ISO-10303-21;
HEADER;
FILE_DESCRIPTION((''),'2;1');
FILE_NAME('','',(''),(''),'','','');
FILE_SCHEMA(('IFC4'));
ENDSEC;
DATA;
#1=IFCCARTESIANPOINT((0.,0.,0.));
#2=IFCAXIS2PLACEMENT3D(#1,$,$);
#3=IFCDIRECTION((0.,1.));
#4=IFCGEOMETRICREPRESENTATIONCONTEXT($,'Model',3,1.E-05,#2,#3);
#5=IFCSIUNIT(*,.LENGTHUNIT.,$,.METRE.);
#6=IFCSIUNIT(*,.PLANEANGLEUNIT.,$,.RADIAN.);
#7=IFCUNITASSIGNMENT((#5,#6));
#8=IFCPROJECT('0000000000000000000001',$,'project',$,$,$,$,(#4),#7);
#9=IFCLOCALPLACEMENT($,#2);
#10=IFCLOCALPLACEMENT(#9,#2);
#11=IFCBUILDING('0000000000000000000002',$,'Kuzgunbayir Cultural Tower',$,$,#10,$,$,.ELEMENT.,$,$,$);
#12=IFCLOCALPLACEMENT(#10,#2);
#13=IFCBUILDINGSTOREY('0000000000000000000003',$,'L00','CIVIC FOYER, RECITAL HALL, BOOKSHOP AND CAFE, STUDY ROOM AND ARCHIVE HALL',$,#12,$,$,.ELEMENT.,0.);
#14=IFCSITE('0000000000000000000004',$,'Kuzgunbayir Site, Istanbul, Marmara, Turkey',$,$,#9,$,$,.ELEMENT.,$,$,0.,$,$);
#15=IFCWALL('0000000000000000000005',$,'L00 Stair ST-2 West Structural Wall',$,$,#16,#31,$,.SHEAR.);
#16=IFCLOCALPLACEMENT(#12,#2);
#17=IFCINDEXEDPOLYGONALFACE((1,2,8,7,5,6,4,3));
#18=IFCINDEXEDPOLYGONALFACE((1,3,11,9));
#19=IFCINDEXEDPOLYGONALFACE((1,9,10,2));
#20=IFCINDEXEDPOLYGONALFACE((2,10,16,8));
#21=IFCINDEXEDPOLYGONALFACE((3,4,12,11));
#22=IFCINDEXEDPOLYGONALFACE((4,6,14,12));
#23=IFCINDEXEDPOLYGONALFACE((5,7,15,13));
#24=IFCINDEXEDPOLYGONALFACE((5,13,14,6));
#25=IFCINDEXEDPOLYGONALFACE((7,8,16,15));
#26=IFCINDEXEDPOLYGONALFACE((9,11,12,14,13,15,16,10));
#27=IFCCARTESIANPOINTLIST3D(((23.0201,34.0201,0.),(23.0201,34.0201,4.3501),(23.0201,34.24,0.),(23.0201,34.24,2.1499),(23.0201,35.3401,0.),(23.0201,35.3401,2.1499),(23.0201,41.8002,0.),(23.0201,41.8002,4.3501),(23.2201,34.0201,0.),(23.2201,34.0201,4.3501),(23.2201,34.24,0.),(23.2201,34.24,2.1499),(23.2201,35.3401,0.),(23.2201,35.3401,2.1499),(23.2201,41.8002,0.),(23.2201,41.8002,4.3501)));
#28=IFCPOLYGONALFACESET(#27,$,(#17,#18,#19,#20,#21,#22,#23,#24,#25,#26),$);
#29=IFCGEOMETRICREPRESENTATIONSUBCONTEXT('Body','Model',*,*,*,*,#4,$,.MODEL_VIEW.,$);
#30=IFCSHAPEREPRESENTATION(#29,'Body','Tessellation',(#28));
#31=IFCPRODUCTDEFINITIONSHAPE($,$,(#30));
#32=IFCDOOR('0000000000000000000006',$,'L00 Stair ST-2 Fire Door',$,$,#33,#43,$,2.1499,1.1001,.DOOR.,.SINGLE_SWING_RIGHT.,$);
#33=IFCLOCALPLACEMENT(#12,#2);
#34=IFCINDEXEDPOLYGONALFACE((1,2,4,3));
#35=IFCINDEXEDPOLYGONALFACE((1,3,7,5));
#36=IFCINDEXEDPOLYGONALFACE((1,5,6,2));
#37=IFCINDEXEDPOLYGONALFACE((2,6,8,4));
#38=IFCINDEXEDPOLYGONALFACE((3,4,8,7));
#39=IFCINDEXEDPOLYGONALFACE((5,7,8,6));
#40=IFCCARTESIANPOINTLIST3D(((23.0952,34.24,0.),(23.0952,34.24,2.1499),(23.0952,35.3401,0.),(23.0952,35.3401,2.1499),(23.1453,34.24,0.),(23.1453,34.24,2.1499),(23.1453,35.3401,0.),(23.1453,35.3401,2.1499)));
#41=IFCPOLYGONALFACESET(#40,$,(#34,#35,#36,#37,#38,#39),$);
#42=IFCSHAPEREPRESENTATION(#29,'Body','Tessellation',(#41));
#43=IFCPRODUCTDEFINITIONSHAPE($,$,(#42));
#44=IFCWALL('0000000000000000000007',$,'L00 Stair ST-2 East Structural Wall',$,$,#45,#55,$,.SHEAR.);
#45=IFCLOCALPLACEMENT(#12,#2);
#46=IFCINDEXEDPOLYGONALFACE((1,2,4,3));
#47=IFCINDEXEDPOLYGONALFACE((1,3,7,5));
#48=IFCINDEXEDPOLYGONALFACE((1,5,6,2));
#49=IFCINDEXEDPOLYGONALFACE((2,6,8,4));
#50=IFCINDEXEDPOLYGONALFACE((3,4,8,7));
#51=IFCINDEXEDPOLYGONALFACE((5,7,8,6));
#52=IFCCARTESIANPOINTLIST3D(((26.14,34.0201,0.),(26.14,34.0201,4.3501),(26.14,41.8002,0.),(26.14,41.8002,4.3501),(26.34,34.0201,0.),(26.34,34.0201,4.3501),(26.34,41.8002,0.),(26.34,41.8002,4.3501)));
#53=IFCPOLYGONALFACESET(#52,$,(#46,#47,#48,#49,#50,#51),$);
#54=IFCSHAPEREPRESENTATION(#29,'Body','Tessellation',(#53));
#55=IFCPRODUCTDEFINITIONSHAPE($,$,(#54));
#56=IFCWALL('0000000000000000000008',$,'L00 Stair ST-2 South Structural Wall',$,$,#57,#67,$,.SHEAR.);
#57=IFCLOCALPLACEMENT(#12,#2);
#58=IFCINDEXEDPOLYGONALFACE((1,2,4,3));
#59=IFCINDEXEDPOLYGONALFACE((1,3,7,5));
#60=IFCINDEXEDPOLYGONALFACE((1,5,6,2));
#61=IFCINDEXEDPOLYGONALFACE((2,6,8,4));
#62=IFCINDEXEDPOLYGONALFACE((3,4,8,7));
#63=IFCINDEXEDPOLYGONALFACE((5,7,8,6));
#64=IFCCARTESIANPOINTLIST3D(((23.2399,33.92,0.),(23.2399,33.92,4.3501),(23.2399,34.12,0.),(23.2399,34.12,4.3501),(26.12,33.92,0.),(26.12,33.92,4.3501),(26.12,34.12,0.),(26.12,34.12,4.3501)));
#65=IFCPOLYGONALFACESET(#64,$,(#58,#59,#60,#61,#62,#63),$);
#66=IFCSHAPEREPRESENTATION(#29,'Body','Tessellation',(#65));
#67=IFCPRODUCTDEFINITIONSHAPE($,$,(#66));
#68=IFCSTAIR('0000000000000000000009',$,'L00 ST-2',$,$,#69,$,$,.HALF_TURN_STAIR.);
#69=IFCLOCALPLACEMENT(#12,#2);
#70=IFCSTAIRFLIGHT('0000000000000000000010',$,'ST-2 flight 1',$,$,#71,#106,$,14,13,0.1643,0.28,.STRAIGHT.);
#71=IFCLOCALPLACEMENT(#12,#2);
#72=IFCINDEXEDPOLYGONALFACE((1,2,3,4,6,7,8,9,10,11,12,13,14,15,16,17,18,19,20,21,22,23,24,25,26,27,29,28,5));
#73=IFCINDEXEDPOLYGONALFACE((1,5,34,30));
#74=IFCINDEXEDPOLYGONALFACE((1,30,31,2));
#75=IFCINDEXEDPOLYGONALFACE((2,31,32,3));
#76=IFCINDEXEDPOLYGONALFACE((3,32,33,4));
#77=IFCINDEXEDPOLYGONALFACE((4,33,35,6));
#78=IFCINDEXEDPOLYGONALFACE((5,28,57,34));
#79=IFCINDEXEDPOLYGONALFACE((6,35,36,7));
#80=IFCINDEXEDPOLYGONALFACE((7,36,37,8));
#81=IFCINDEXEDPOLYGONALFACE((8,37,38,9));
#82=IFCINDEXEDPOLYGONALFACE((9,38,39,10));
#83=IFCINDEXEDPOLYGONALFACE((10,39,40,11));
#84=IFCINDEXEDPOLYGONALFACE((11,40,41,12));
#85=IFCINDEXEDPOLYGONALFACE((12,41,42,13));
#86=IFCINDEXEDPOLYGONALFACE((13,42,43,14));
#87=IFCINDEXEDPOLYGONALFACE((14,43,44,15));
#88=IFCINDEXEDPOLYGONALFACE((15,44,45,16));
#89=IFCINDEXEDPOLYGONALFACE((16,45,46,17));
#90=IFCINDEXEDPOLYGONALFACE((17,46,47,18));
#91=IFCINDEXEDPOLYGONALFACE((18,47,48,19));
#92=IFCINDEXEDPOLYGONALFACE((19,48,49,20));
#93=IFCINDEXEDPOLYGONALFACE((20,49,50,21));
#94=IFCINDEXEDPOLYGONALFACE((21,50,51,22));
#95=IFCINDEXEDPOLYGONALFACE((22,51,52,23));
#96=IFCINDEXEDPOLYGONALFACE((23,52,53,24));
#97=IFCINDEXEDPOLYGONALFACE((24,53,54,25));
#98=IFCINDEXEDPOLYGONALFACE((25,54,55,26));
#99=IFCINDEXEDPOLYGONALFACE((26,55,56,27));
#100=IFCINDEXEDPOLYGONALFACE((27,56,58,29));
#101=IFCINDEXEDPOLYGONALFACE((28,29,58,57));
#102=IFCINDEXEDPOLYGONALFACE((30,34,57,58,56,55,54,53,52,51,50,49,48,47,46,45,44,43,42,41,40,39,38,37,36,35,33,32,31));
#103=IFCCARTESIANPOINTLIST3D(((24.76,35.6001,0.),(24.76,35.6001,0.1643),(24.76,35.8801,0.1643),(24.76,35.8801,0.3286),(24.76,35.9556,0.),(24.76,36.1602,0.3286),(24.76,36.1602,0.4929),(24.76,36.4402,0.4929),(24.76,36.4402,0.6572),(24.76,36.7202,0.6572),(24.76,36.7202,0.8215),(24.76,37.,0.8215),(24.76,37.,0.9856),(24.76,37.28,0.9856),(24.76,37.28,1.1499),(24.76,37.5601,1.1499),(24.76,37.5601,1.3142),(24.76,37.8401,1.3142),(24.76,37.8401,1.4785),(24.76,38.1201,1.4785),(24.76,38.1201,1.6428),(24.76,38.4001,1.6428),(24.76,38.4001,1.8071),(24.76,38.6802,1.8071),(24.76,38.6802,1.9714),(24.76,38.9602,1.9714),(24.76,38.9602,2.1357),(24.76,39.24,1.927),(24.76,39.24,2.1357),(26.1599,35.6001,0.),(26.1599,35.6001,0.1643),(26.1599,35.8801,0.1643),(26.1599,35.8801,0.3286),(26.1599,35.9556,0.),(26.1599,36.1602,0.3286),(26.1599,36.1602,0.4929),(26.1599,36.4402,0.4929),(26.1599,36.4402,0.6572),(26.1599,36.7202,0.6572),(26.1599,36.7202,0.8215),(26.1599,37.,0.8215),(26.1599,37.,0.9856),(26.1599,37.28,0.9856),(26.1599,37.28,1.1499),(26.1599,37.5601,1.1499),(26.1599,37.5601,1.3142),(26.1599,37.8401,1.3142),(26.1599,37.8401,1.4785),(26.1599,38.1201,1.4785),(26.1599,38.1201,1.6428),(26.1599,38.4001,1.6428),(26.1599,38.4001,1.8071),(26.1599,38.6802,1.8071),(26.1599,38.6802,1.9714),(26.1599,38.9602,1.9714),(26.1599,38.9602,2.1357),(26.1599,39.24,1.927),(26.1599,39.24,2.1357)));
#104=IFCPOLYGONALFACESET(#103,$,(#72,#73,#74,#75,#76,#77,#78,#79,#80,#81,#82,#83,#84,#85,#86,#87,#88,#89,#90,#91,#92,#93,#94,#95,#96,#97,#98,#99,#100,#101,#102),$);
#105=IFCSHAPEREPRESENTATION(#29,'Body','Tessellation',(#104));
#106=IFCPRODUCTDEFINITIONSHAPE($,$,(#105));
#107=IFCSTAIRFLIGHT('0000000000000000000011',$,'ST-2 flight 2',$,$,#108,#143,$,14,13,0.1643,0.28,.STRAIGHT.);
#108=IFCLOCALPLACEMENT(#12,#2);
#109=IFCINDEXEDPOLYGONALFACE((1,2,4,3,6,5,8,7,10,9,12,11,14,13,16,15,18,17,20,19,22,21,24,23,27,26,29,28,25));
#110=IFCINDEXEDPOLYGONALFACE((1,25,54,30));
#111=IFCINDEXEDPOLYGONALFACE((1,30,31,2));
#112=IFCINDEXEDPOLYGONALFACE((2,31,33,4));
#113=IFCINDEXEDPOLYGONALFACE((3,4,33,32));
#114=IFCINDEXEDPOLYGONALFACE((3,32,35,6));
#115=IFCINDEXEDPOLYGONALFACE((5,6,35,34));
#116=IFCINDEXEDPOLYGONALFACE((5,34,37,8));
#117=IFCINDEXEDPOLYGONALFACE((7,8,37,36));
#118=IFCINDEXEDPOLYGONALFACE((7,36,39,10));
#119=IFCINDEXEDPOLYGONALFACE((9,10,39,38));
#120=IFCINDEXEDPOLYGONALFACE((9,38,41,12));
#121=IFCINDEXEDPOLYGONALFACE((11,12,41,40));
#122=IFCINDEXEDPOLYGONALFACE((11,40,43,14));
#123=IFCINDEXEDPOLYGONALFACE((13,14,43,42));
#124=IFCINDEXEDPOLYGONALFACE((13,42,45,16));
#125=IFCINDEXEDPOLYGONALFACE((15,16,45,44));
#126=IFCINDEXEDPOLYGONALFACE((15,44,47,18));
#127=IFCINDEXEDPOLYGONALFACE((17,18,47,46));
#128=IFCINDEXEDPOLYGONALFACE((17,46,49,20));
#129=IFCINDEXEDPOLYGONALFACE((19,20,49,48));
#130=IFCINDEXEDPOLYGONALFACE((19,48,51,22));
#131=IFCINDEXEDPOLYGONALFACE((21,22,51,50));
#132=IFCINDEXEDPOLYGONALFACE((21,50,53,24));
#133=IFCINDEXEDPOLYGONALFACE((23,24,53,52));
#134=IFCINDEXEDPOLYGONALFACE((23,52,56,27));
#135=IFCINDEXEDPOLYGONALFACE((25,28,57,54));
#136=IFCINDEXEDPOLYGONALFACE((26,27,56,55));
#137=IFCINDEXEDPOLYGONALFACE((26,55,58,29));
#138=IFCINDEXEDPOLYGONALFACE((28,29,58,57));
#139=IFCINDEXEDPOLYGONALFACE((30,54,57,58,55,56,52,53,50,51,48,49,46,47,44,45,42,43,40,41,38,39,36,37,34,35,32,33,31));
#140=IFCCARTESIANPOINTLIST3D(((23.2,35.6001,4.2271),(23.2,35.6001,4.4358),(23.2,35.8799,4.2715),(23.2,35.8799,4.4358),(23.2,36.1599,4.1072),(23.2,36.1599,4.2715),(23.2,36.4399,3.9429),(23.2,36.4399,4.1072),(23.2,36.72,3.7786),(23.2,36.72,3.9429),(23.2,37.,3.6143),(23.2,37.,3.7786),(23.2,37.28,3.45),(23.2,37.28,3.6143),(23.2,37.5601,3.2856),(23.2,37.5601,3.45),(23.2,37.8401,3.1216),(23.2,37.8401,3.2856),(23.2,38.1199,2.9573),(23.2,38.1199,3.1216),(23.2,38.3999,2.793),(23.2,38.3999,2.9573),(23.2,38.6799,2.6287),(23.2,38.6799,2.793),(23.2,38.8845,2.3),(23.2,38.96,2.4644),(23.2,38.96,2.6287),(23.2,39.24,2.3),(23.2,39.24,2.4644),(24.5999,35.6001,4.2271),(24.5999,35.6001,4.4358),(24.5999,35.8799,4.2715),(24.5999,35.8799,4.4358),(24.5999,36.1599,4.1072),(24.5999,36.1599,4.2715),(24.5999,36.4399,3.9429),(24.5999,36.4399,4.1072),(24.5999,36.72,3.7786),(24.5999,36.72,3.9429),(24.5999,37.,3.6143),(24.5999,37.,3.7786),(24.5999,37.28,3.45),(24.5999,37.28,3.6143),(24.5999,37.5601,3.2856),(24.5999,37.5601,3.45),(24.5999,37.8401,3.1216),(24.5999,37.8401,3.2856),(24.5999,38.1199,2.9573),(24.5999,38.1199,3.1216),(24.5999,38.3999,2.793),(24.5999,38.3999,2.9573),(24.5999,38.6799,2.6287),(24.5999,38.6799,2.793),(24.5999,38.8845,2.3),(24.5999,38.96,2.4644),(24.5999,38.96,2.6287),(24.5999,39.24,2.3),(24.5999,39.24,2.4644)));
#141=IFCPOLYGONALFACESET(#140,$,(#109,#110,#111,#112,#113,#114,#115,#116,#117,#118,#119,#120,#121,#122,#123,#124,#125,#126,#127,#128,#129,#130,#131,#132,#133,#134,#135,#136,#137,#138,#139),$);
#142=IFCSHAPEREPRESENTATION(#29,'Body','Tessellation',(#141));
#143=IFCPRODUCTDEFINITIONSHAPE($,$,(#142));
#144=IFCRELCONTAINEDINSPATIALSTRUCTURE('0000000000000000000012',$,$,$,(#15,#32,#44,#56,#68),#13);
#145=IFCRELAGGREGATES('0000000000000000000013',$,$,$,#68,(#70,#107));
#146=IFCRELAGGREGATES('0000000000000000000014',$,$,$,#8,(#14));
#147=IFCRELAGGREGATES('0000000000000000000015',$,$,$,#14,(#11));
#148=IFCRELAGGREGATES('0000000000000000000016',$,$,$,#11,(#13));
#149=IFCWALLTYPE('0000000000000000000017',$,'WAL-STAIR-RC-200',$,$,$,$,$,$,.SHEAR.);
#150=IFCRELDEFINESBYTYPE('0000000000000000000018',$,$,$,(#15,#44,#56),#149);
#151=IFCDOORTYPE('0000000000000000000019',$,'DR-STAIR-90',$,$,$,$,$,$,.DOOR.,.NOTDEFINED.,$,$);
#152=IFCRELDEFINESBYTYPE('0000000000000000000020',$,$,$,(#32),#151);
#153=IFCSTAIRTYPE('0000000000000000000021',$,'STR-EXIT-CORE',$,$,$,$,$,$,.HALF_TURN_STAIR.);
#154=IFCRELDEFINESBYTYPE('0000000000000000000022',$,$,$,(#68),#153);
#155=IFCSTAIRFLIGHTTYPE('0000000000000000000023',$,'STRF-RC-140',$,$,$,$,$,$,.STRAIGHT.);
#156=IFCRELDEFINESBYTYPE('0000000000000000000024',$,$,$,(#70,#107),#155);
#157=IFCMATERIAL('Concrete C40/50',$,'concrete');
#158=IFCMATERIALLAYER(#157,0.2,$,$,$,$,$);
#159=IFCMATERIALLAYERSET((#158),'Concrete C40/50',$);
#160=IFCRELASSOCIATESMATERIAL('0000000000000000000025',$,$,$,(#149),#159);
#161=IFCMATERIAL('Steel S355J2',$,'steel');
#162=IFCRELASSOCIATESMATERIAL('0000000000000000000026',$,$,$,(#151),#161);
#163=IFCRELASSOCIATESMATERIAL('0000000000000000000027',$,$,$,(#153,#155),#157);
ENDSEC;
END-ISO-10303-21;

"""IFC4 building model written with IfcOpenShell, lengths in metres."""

from ifc_helpers import new_model, si_unit, direction, frame, frame_2d, origin, place, context, subcontext, project, spatial, polyline, rectangle, outline, extrude, material, layer, layer_set, type_object, element, fill, aggregate, save


model = new_model("IFC4")

# Units and contexts
model_context = context("Model", 3, precision=1e-05, world=origin(), true_north=direction((0.0, 1.0)))
body_context = subcontext(model_context, "Body", "Model", "MODEL_VIEW")
ifc_project = project(units=[si_unit("LENGTHUNIT", "METRE"), si_unit("PLANEANGLEUNIT", "RADIAN")], contexts=[model_context])

# Site, building, storey
site_placement = place(None, origin())
site = spatial("IfcSite", under=ifc_project, at=site_placement, Name="Kuzgunbayir Site, Istanbul, Marmara, Turkey", CompositionType="ELEMENT", RefElevation=0.0)
building_placement = place(site_placement, origin())
building = spatial("IfcBuilding", under=site, at=building_placement, Name="Kuzgunbayir Cultural Tower", CompositionType="ELEMENT")
storey_placement = place(building_placement, origin())
storey = spatial("IfcBuildingStorey", under=building, at=storey_placement, Name="L00", Description="CIVIC FOYER, RECITAL HALL, BOOKSHOP AND CAFE, STUDY ROOM AND ARCHIVE HALL", CompositionType="ELEMENT", Elevation=0.0)

# Shared definitions
ifc_material_1 = material(Name="Steel S355J2", Category="steel")

# Shared definitions
ifc_material_2 = material(Name="Concrete C40/50", Category="concrete")

# Wall, opening, door
ifc_layer_1 = layer(ifc_material_2, 0.2)
ifc_layer_set_1 = layer_set([ifc_layer_1], Name="Concrete C40/50")
wall_type_1 = type_object("IfcWallType", Name="WAL-STAIR-RC-200", PredefinedType="SHEAR", material=ifc_layer_set_1)
wall_1_placement = place(storey_placement, frame((23.1201, 34.02, 0.0), z_axis=(0.0, 0.0, 1.0), x_axis=(0.0, 1.0, 0.0)))
wall_1 = element("IfcWall", 1, at=wall_1_placement, inside=storey, type_object=wall_type_1, Name="L00 Stair ST-2 West Structural Wall", PredefinedType="SHEAR", context=body_context, shape_type="SweptSolid", body=[
    extrude(rectangle(XDim=7.78, YDim=0.2, at=frame_2d((3.8901, 0.0))), origin(), (0.0, 0.0, 1.0), 4.3501),
])
opening_placement = place(wall_1_placement, frame((0.22, 0.0, 0.0)))
opening = element("IfcOpeningElement", 2, at=opening_placement, cuts=wall_1, PredefinedType="OPENING", context=body_context, shape_type="SweptSolid", body=[
    extrude(rectangle(XDim=1.1001, YDim=2.1499, at=frame_2d((0.55, 1.075))), frame((0.0, 0.1099, 0.0), z_axis=(0.0, -1.0, 0.0), x_axis=(1.0, 0.0, 0.0)), (0.0, 0.0, 1.0), 0.22),
])
door_type = type_object("IfcDoorType", Name="DR-STAIR-90", OperationType="NOTDEFINED", PredefinedType="DOOR", material=ifc_material_1)
door_placement = place(opening_placement, origin())
door = element("IfcDoor", 3, at=door_placement, inside=storey, type_object=door_type, Name="L00 Stair ST-2 Fire Door", OperationType="SINGLE_SWING_RIGHT", OverallHeight=2.1499, OverallWidth=1.1001, PredefinedType="DOOR", context=body_context, shape_type="SweptSolid", body=[
    extrude(rectangle(XDim=1.1001, YDim=2.1499, at=frame_2d((0.55, 1.075))), frame((0.0, 0.0249, 0.0), z_axis=(0.0, -1.0, 0.0), x_axis=(1.0, 0.0, 0.0)), (0.0, 0.0, 1.0), 0.05),
])
fill(opening, door)

# Walls
wall_2_placement = place(storey_placement, frame((26.24, 34.02, 0.0), z_axis=(0.0, 0.0, 1.0), x_axis=(0.0, 1.0, 0.0)))
element("IfcWall", 4, at=wall_2_placement, inside=storey, type_object=wall_type_1, Name="L00 Stair ST-2 East Structural Wall", PredefinedType="SHEAR", context=body_context, shape_type="SweptSolid", body=[
    extrude(rectangle(XDim=7.78, YDim=0.2, at=frame_2d((3.8901, 0.0))), origin(), (0.0, 0.0, 1.0), 4.3501),
])
wall_3_placement = place(storey_placement, frame((23.24, 34.02, 0.0), z_axis=(0.0, 0.0, 1.0), x_axis=(1.0, 0.0, 0.0)))
element("IfcWall", 5, at=wall_3_placement, inside=storey, type_object=wall_type_1, Name="L00 Stair ST-2 South Structural Wall", PredefinedType="SHEAR", context=body_context, shape_type="SweptSolid", body=[
    extrude(rectangle(XDim=2.8801, YDim=0.2, at=frame_2d((1.4399, 0.0))), origin(), (0.0, 0.0, 1.0), 4.3501),
])

# Stair, stair flights
stair_type = type_object("IfcStairType", Name="STR-EXIT-CORE", PredefinedType="HALF_TURN_STAIR", material=ifc_material_2)
stair_placement = place(storey_placement, origin())
stair = element("IfcStair", 6, at=stair_placement, inside=storey, type_object=stair_type, Name="L00 ST-2", PredefinedType="HALF_TURN_STAIR")
stair_flight_type = type_object("IfcStairFlightType", Name="STRF-RC-140", PredefinedType="STRAIGHT", material=ifc_material_2)
stair_flight_1_placement = place(storey_placement, frame((25.46, 35.6001, 0.0), z_axis=(0.0, 0.0, 1.0), x_axis=(0.0, 1.0, 0.0)))
stair_flight_1 = element("IfcStairFlight", 7, at=stair_flight_1_placement, type_object=stair_flight_type, Name="ST-2 flight 1", NumberOfRisers=14, NumberOfTreads=13, PredefinedType="STRAIGHT", RiserHeight=0.1643, TreadLength=0.28, context=body_context, shape_type="SweptSolid", body=[
    extrude(outline(polyline([(0.0, 0.0), (0.0, 0.1643), (0.28, 0.1643), (0.28, 0.3286), (0.5601, 0.3286), (0.5601, 0.4929), (0.8401, 0.4929), (0.8401, 0.6572), (1.1201, 0.6572), (1.1201, 0.8215), (1.3999, 0.8215), (1.3999, 0.9856), (1.6799, 0.9856), (1.6799, 1.1499), (1.96, 1.1499), (1.96, 1.3142), (2.24, 1.3142), (2.24, 1.4785), (2.52, 1.4785), (2.52, 1.6428), (2.8, 1.6428), (2.8, 1.8071), (3.0801, 1.8071), (3.0801, 1.9714), (3.3601, 1.9714), (3.3601, 2.1357), (3.6399, 2.1357), (3.6399, 2.3), (3.6399, 1.927), (0.3555, 0.0), (0.0, 0.0)])), frame((0.0, 0.7, 0.0), z_axis=(0.0, -1.0, 0.0), x_axis=(1.0, 0.0, 0.0)), (0.0, 0.0, 1.0), 1.3999),
])
stair_flight_2_placement = place(storey_placement, frame((23.8999, 39.24, 2.3), z_axis=(0.0, 0.0, 1.0), x_axis=(0.0, -1.0, 0.0)))
stair_flight_2 = element("IfcStairFlight", 8, at=stair_flight_2_placement, type_object=stair_flight_type, Name="ST-2 flight 2", NumberOfRisers=14, NumberOfTreads=13, PredefinedType="STRAIGHT", RiserHeight=0.1643, TreadLength=0.28, context=body_context, shape_type="SweptSolid", body=[
    extrude(outline(polyline([(0.0, 0.0), (0.0, 0.1643), (0.28, 0.1643), (0.28, 0.3286), (0.5601, 0.3286), (0.5601, 0.4929), (0.8401, 0.4929), (0.8401, 0.6572), (1.1201, 0.6572), (1.1201, 0.8215), (1.3999, 0.8215), (1.3999, 0.9856), (1.6799, 0.9856), (1.6799, 1.1499), (1.96, 1.1499), (1.96, 1.3142), (2.24, 1.3142), (2.24, 1.4785), (2.52, 1.4785), (2.52, 1.6428), (2.8, 1.6428), (2.8, 1.8071), (3.0801, 1.8071), (3.0801, 1.9714), (3.3601, 1.9714), (3.3601, 2.1357), (3.6399, 2.1357), (3.6399, 2.3), (3.6399, 1.927), (0.3555, 0.0), (0.0, 0.0)])), frame((0.0, 0.7, 0.0), z_axis=(0.0, -1.0, 0.0), x_axis=(1.0, 0.0, 0.0)), (0.0, 0.0, 1.0), 1.3999),
])
aggregate(stair, [stair_flight_1, stair_flight_2])

save(model, "model.ifc")
